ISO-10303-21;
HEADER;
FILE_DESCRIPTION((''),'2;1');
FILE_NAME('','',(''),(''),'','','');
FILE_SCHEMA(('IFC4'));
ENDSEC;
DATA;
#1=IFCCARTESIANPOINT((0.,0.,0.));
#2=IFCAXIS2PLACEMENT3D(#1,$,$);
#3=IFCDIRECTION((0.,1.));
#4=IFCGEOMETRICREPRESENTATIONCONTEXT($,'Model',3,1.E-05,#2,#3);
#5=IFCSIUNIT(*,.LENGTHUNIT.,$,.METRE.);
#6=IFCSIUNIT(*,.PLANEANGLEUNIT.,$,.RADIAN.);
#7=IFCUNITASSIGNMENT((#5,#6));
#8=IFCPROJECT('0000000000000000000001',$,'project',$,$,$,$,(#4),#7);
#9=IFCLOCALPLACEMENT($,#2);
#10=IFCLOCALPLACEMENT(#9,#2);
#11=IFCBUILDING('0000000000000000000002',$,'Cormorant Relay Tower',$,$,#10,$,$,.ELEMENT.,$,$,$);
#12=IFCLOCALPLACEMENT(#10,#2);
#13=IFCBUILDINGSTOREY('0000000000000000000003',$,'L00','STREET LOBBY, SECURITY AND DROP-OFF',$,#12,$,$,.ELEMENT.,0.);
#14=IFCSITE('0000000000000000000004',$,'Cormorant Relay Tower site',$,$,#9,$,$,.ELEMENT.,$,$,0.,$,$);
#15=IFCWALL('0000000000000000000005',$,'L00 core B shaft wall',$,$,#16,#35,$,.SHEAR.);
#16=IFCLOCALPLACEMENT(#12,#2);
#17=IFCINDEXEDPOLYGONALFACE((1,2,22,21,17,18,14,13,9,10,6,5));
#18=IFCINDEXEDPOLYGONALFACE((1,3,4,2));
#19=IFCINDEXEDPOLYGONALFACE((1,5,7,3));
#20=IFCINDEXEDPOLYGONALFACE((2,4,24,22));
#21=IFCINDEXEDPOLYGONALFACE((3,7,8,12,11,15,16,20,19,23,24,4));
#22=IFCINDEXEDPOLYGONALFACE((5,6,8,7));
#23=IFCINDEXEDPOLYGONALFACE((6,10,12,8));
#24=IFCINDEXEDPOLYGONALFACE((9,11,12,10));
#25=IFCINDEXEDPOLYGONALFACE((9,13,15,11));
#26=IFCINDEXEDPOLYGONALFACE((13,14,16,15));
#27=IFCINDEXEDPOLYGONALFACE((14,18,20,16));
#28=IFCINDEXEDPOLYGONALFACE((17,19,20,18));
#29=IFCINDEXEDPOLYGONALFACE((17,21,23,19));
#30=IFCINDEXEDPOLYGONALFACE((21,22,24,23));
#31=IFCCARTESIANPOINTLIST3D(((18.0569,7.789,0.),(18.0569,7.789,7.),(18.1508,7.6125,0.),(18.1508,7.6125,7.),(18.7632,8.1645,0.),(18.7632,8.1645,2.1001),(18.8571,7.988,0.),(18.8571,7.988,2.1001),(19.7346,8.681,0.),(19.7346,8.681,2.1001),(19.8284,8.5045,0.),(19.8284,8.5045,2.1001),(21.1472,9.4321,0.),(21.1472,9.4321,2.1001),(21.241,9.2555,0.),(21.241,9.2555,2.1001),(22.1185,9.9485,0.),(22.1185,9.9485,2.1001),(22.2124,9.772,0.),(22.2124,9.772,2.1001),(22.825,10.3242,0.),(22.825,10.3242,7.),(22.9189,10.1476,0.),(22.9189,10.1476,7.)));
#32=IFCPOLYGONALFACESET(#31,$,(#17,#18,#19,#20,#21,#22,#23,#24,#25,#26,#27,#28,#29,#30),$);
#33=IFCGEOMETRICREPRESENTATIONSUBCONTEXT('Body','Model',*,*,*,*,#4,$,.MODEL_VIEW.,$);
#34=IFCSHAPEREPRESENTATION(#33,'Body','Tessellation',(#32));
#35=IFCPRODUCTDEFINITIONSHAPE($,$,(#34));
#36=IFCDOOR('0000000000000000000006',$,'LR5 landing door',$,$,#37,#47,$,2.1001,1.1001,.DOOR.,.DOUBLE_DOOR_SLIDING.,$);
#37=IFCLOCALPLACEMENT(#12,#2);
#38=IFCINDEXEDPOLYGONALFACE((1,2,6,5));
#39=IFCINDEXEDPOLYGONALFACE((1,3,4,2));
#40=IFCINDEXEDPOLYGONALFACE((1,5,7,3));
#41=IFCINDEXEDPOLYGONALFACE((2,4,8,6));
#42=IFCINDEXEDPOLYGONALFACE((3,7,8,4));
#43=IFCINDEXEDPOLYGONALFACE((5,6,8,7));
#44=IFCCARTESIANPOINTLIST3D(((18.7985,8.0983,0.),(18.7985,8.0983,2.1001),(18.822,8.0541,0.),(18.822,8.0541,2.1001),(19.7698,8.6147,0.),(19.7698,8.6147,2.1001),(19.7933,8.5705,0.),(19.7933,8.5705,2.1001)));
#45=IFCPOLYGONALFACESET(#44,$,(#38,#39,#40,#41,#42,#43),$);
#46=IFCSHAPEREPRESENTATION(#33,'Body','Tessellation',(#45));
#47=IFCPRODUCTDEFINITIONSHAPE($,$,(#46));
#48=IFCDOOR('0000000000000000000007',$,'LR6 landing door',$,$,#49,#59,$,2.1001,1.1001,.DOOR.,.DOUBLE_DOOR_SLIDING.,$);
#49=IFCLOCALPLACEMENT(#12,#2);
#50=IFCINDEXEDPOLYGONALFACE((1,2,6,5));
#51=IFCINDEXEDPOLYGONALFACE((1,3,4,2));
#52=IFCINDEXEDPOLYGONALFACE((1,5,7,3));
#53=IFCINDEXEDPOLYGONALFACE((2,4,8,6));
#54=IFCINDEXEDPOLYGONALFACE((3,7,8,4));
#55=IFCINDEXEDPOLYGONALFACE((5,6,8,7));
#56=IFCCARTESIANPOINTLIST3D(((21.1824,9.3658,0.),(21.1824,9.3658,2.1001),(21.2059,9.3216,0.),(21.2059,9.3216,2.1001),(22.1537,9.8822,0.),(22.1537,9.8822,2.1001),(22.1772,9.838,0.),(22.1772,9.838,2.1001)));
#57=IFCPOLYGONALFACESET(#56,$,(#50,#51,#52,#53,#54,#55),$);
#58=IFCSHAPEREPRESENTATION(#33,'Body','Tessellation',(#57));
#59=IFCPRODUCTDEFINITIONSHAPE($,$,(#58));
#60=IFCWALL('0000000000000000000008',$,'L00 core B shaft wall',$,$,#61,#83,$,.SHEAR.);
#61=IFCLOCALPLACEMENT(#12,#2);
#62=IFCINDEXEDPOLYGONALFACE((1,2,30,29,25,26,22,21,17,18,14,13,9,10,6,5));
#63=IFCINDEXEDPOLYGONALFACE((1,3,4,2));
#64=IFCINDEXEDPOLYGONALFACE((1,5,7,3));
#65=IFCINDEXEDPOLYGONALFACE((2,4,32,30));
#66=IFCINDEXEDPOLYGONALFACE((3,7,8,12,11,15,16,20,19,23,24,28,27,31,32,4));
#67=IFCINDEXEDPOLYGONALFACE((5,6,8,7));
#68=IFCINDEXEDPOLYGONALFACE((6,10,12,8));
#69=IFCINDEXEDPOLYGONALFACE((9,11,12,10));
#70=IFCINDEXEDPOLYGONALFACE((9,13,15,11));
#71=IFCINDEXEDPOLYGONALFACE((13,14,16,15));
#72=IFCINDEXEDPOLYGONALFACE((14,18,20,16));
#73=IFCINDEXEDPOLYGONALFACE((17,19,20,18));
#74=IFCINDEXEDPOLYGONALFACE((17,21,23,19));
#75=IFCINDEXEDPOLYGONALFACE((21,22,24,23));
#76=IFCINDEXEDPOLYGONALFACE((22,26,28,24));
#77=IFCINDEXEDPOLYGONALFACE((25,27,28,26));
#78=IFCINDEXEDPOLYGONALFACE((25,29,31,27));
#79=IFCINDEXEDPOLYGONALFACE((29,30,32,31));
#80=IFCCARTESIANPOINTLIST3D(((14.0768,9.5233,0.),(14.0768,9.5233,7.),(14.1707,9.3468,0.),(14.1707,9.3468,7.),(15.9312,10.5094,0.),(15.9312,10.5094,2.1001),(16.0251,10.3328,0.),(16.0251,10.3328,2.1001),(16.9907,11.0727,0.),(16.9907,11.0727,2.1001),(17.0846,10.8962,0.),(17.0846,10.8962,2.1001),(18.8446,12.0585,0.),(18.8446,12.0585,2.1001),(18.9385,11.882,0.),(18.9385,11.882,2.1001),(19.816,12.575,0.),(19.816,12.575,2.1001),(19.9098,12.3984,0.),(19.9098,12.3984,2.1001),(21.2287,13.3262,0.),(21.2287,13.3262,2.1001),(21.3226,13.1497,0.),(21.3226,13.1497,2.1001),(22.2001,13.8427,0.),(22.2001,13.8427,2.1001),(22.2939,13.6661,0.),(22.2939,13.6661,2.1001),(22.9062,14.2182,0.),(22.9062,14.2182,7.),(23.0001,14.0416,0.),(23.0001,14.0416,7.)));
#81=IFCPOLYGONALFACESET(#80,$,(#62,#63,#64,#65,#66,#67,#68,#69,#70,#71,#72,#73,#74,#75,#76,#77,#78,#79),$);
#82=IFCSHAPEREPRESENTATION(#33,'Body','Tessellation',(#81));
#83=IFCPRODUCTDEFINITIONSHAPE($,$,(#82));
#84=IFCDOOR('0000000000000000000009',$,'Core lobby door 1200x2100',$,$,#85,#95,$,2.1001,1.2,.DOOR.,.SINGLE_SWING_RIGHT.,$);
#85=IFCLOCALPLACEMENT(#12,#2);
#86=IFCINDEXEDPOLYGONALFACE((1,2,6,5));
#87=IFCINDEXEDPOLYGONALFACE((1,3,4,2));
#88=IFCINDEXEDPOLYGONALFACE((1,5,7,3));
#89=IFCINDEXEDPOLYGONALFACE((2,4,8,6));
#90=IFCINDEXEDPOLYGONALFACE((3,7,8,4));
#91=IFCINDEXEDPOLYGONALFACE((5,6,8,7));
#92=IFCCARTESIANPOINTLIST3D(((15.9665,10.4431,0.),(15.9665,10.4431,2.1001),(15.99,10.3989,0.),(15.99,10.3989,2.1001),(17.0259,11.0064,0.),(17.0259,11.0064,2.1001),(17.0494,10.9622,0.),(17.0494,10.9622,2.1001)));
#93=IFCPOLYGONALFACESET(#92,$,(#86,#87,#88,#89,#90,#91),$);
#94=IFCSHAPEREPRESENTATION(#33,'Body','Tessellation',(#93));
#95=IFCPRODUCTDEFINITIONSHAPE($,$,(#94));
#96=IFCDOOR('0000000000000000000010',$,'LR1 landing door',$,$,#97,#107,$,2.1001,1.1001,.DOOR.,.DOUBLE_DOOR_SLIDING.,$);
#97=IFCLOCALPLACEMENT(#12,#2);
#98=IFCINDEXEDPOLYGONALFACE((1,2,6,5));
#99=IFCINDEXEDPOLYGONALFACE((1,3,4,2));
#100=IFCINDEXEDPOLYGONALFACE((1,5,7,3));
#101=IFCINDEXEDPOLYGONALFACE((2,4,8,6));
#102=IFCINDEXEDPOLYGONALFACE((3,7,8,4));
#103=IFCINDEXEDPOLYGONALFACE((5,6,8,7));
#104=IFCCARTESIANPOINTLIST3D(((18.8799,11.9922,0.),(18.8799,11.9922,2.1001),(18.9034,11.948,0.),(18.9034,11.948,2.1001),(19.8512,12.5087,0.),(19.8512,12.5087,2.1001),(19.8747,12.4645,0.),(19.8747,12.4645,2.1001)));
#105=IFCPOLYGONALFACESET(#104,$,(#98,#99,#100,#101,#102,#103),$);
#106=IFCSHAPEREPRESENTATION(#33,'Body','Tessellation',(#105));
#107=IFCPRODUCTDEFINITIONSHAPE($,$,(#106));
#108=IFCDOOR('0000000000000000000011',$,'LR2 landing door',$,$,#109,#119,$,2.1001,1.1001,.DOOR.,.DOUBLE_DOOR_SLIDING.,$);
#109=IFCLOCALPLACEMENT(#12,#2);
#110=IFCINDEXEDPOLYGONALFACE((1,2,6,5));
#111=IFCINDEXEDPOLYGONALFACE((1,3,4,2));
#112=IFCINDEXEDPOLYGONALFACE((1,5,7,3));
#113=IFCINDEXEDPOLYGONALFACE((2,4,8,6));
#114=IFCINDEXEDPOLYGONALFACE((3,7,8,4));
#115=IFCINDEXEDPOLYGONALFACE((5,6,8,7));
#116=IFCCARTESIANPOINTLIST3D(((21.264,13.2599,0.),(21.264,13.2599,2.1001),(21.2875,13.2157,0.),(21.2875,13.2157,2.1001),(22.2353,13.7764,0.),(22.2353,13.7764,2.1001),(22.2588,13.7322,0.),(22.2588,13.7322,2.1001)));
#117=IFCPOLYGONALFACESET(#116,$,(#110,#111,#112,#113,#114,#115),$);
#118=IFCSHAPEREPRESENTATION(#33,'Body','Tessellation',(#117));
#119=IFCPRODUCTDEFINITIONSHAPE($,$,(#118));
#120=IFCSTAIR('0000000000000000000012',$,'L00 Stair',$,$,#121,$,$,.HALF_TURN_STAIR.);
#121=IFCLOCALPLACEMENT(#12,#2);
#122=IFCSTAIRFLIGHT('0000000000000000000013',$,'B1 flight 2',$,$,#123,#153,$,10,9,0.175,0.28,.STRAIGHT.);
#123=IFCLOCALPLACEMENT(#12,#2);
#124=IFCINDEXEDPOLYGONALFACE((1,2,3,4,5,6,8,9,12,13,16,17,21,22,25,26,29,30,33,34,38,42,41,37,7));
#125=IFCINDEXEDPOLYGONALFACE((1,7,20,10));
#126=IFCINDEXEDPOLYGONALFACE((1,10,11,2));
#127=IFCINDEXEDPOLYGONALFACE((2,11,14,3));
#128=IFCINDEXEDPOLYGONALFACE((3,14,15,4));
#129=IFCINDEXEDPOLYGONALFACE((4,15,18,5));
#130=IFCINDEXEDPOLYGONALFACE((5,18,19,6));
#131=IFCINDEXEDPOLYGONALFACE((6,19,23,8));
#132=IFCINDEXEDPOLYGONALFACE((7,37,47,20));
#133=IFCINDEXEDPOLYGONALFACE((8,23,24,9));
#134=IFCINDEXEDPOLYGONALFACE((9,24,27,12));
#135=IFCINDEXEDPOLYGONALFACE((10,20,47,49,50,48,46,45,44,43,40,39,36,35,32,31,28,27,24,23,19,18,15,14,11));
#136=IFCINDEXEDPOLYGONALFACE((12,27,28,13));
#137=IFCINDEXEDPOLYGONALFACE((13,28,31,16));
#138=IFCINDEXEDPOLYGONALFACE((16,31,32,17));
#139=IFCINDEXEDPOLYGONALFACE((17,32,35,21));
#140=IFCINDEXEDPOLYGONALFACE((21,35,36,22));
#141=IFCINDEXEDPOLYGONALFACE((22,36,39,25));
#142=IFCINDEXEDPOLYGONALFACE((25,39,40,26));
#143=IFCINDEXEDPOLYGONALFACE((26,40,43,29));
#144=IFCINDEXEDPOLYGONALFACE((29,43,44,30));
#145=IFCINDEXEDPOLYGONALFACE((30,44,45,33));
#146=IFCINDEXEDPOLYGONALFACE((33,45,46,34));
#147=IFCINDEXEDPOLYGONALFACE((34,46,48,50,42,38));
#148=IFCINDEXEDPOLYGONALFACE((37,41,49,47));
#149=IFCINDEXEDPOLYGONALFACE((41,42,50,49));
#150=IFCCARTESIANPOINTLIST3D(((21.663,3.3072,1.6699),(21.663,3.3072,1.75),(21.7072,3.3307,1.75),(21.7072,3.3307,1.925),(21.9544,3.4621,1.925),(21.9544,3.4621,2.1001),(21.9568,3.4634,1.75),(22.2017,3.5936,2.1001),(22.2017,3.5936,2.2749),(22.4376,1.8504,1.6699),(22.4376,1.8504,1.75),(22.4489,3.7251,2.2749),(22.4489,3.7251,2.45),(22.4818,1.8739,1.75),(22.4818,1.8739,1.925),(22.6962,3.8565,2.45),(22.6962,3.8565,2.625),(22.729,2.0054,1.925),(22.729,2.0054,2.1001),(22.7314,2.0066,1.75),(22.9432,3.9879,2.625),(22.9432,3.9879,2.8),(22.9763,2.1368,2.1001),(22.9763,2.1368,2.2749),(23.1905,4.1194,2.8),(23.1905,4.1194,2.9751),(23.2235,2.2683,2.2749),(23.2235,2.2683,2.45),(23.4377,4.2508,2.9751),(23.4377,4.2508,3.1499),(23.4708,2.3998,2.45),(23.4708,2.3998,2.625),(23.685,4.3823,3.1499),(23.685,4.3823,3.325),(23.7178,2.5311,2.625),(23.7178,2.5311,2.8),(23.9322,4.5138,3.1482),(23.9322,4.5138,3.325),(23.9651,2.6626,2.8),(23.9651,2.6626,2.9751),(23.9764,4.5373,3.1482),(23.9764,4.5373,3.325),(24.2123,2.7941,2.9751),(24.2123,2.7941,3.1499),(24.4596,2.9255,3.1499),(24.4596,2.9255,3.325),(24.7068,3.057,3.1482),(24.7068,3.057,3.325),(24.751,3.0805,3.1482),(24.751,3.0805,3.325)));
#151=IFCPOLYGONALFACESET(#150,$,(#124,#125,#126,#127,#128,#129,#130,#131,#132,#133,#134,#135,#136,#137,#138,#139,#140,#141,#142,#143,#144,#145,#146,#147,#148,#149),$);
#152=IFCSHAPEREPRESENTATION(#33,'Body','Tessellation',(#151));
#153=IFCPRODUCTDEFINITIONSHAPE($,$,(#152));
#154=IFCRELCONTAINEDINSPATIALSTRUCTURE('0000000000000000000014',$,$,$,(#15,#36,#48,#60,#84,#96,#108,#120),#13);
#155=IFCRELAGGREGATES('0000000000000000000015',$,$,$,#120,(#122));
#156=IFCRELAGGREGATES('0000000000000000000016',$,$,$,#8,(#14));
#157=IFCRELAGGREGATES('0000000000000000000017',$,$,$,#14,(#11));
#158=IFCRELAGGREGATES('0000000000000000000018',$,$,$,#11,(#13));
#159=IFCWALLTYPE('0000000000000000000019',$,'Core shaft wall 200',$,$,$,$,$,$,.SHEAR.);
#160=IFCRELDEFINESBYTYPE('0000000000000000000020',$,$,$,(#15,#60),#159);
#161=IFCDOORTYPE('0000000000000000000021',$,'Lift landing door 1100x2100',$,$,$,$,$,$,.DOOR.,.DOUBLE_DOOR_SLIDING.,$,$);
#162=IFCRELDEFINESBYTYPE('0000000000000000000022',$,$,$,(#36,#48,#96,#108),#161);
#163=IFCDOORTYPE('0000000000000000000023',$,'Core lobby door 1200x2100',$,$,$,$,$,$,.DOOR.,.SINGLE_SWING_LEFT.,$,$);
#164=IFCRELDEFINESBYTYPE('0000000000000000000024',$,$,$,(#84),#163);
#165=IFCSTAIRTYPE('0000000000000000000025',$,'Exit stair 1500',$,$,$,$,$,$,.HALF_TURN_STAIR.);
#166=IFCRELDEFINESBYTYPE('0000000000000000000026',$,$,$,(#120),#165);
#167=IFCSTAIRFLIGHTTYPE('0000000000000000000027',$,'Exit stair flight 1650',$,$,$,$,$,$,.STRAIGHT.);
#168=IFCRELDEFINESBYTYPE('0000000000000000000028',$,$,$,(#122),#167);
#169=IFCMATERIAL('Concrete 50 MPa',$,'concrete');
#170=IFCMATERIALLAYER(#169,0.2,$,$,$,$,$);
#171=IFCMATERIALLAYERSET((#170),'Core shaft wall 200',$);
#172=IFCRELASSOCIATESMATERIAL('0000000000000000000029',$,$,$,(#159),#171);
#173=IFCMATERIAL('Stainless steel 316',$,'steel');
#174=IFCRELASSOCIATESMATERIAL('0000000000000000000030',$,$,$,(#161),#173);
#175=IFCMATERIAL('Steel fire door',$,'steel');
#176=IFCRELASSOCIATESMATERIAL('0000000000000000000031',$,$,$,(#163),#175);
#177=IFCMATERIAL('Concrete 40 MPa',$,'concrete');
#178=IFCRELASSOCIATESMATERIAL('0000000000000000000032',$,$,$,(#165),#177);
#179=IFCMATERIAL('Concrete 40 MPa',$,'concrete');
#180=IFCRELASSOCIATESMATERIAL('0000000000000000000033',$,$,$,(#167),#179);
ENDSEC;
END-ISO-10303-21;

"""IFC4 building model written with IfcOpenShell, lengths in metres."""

from ifc_helpers import new_model, si_unit, direction, frame, frame_2d, origin, place, context, subcontext, project, spatial, polyline, rectangle, outline, extrude, material, layer, layer_set, type_object, element, fill, aggregate, save


model = new_model("IFC4")

# Units and contexts
model_context = context("Model", 3, precision=1e-05, world=origin(), true_north=direction((0.0, 1.0)))
body_context = subcontext(model_context, "Body", "Model", "MODEL_VIEW")
ifc_project = project(units=[si_unit("LENGTHUNIT", "METRE"), si_unit("PLANEANGLEUNIT", "RADIAN")], contexts=[model_context])

# Site, building, storey
site_placement = place(None, origin())
site = spatial("IfcSite", under=ifc_project, at=site_placement, Name="Cormorant Relay Tower site", CompositionType="ELEMENT", RefElevation=0.0)
building_placement = place(site_placement, origin())
building = spatial("IfcBuilding", under=site, at=building_placement, Name="Cormorant Relay Tower", CompositionType="ELEMENT")
storey_placement = place(building_placement, origin())
storey = spatial("IfcBuildingStorey", under=building, at=storey_placement, Name="L00", Description="STREET LOBBY, SECURITY AND DROP-OFF", CompositionType="ELEMENT", Elevation=0.0)

# Shared definitions
ifc_material_1 = material(Name="Concrete 50 MPa", Category="concrete")
ifc_layer_1 = layer(ifc_material_1, 0.2)
ifc_layer_set_1 = layer_set([ifc_layer_1], Name="Core shaft wall 200")
wall_type_1 = type_object("IfcWallType", Name="Core shaft wall 200", PredefinedType="SHEAR", material=ifc_layer_set_1)

# Walls, openings, doors
wall_1_placement = place(storey_placement, frame((18.1038, 7.7007, 0.0), z_axis=(0.0, 0.0, 1.0), x_axis=(0.882953, 0.469462, 0.0)))
wall_1 = element("IfcWall", 1, at=wall_1_placement, inside=storey, type_object=wall_type_1, Name="L00 core B shaft wall", PredefinedType="SHEAR", context=body_context, shape_type="SweptSolid", body=[
    extrude(rectangle(XDim=5.4001, YDim=0.2, at=frame_2d((2.7002, 0.0))), origin(), (0.0, 0.0, 1.0), 7.0),
])
opening_1_placement = place(wall_1_placement, frame((0.8, 0.0, 0.0)))
opening_1 = element("IfcOpeningElement", 2, at=opening_1_placement, cuts=wall_1, PredefinedType="OPENING", context=body_context, shape_type="SweptSolid", body=[
    extrude(rectangle(XDim=1.1001, YDim=2.1001, at=frame_2d((0.55, 1.05))), frame((0.0, 0.1099, 0.0), z_axis=(0.0, -1.0, 0.0), x_axis=(1.0, 0.0, 0.0)), (0.0, 0.0, 1.0), 0.22),
])
opening_2_placement = place(wall_1_placement, frame((3.5, 0.0, 0.0)))
opening_2 = element("IfcOpeningElement", 3, at=opening_2_placement, cuts=wall_1, PredefinedType="OPENING", context=body_context, shape_type="SweptSolid", body=[
    extrude(rectangle(XDim=1.1001, YDim=2.1001, at=frame_2d((0.55, 1.05))), frame((0.0, 0.1099, 0.0), z_axis=(0.0, -1.0, 0.0), x_axis=(1.0, 0.0, 0.0)), (0.0, 0.0, 1.0), 0.22),
])
ifc_material_2 = material(Name="Stainless steel 316", Category="steel")
door_type_1 = type_object("IfcDoorType", Name="Lift landing door 1100x2100", OperationType="DOUBLE_DOOR_SLIDING", PredefinedType="DOOR", material=ifc_material_2)
door_1_placement = place(opening_1_placement, origin())
door_1 = element("IfcDoor", 4, at=door_1_placement, inside=storey, type_object=door_type_1, Name="LR5 landing door", OperationType="DOUBLE_DOOR_SLIDING", OverallHeight=2.1001, OverallWidth=1.1001, PredefinedType="DOOR", context=body_context, shape_type="SweptSolid", body=[
    extrude(rectangle(XDim=1.1001, YDim=2.1001, at=frame_2d((0.55, 1.05))), frame((0.0, 0.0249, 0.0), z_axis=(0.0, -1.0, 0.0), x_axis=(1.0, 0.0, 0.0)), (0.0, 0.0, 1.0), 0.05),
])
fill(opening_1, door_1)
door_2_placement = place(opening_2_placement, origin())
door_2 = element("IfcDoor", 5, at=door_2_placement, inside=storey, type_object=door_type_1, Name="LR6 landing door", OperationType="DOUBLE_DOOR_SLIDING", OverallHeight=2.1001, OverallWidth=1.1001, PredefinedType="DOOR", context=body_context, shape_type="SweptSolid", body=[
    extrude(rectangle(XDim=1.1001, YDim=2.1001, at=frame_2d((0.55, 1.05))), frame((0.0, 0.0249, 0.0), z_axis=(0.0, -1.0, 0.0), x_axis=(1.0, 0.0, 0.0)), (0.0, 0.0, 1.0), 0.05),
])
fill(opening_2, door_2)
wall_2_placement = place(storey_placement, frame((14.1238, 9.4351, 0.0), z_axis=(0.0, 0.0, 1.0), x_axis=(0.88294, 0.469485, 0.0)))
wall_2 = element("IfcWall", 6, at=wall_2_placement, inside=storey, type_object=wall_type_1, Name="L00 core B shaft wall", PredefinedType="SHEAR", context=body_context, shape_type="SweptSolid", body=[
    extrude(rectangle(XDim=10.0, YDim=0.2, at=frame_2d((5.0, 0.0))), origin(), (0.0, 0.0, 1.0), 7.0),
])
opening_3_placement = place(wall_2_placement, frame((2.1001, 0.0, 0.0)))
opening_3 = element("IfcOpeningElement", 7, at=opening_3_placement, cuts=wall_2, PredefinedType="OPENING", context=body_context, shape_type="SweptSolid", body=[
    extrude(rectangle(XDim=1.2, YDim=2.1001, at=frame_2d((0.6001, 1.05))), frame((0.0, 0.1099, 0.0), z_axis=(0.0, -1.0, 0.0), x_axis=(1.0, 0.0, 0.0)), (0.0, 0.0, 1.0), 0.22),
])
opening_4_placement = place(wall_2_placement, frame((5.3999, 0.0, 0.0)))
opening_4 = element("IfcOpeningElement", 8, at=opening_4_placement, cuts=wall_2, PredefinedType="OPENING", context=body_context, shape_type="SweptSolid", body=[
    extrude(rectangle(XDim=1.1001, YDim=2.1001, at=frame_2d((0.55, 1.05))), frame((0.0, 0.1099, 0.0), z_axis=(0.0, -1.0, 0.0), x_axis=(1.0, 0.0, 0.0)), (0.0, 0.0, 1.0), 0.22),
])
opening_5_placement = place(wall_2_placement, frame((8.1001, 0.0, 0.0)))
opening_5 = element("IfcOpeningElement", 9, at=opening_5_placement, cuts=wall_2, PredefinedType="OPENING", context=body_context, shape_type="SweptSolid", body=[
    extrude(rectangle(XDim=1.1001, YDim=2.1001, at=frame_2d((0.55, 1.05))), frame((0.0, 0.1099, 0.0), z_axis=(0.0, -1.0, 0.0), x_axis=(1.0, 0.0, 0.0)), (0.0, 0.0, 1.0), 0.22),
])
ifc_material_3 = material(Name="Steel fire door", Category="steel")
door_type_2 = type_object("IfcDoorType", Name="Core lobby door 1200x2100", OperationType="SINGLE_SWING_LEFT", PredefinedType="DOOR", material=ifc_material_3)
door_3_placement = place(opening_3_placement, origin())
door_3 = element("IfcDoor", 10, at=door_3_placement, inside=storey, type_object=door_type_2, Name="Core lobby door 1200x2100", OperationType="SINGLE_SWING_RIGHT", OverallHeight=2.1001, OverallWidth=1.2, PredefinedType="DOOR", context=body_context, shape_type="SweptSolid", body=[
    extrude(rectangle(XDim=1.2, YDim=2.1001, at=frame_2d((0.6001, 1.05))), frame((0.0, 0.0249, 0.0), z_axis=(0.0, -1.0, 0.0), x_axis=(1.0, 0.0, 0.0)), (0.0, 0.0, 1.0), 0.05),
])
fill(opening_3, door_3)
door_4_placement = place(opening_4_placement, origin())
door_4 = element("IfcDoor", 11, at=door_4_placement, inside=storey, type_object=door_type_1, Name="LR1 landing door", OperationType="DOUBLE_DOOR_SLIDING", OverallHeight=2.1001, OverallWidth=1.1001, PredefinedType="DOOR", context=body_context, shape_type="SweptSolid", body=[
    extrude(rectangle(XDim=1.1001, YDim=2.1001, at=frame_2d((0.55, 1.05))), frame((0.0, 0.0249, 0.0), z_axis=(0.0, -1.0, 0.0), x_axis=(1.0, 0.0, 0.0)), (0.0, 0.0, 1.0), 0.05),
])
fill(opening_4, door_4)
door_5_placement = place(opening_5_placement, origin())
door_5 = element("IfcDoor", 12, at=door_5_placement, inside=storey, type_object=door_type_1, Name="LR2 landing door", OperationType="DOUBLE_DOOR_SLIDING", OverallHeight=2.1001, OverallWidth=1.1001, PredefinedType="DOOR", context=body_context, shape_type="SweptSolid", body=[
    extrude(rectangle(XDim=1.1001, YDim=2.1001, at=frame_2d((0.55, 1.05))), frame((0.0, 0.0249, 0.0), z_axis=(0.0, -1.0, 0.0), x_axis=(1.0, 0.0, 0.0)), (0.0, 0.0, 1.0), 0.05),
])
fill(opening_5, door_5)

# Stair, stair flight
ifc_material_4 = material(Name="Concrete 40 MPa", Category="concrete")
stair_type = type_object("IfcStairType", Name="Exit stair 1500", PredefinedType="HALF_TURN_STAIR", material=ifc_material_4)
stair_placement = place(storey_placement, origin())
stair = element("IfcStair", 13, at=stair_placement, inside=storey, type_object=stair_type, Name="L00 Stair", PredefinedType="HALF_TURN_STAIR")
ifc_material_5 = material(Name="Concrete 40 MPa", Category="concrete")
stair_flight_type = type_object("IfcStairFlightType", Name="Exit stair flight 1650", PredefinedType="STRAIGHT", material=ifc_material_5)
stair_flight_1_placement = place(storey_placement, frame((22.0945, 2.6023, 1.75), z_axis=(0.0, 0.0, 1.0), x_axis=(0.882948, 0.469472, 0.0)))
stair_flight_1 = element("IfcStairFlight", 14, at=stair_flight_1_placement, type_object=stair_flight_type, Name="B1 flight 2", NumberOfRisers=10, NumberOfTreads=9, PredefinedType="STRAIGHT", RiserHeight=0.175, TreadLength=0.28, context=body_context, shape_type="SweptSolid", body=[
    extrude(outline(polyline([(-0.05, -0.0801), (-0.05, 0.0), (0.0, 0.0), (0.0, 0.175), (0.28, 0.175), (0.28, 0.3501), (0.5601, 0.3501), (0.5601, 0.5249), (0.8401, 0.5249), (0.8401, 0.7), (1.1201, 0.7), (1.1201, 0.875), (1.3999, 0.875), (1.3999, 1.05), (1.6799, 1.05), (1.6799, 1.2251), (1.96, 1.2251), (1.96, 1.3999), (2.24, 1.3999), (2.24, 1.575), (2.52, 1.575), (2.5701, 1.575), (2.5701, 1.3982), (2.52, 1.3982), (0.2827, 0.0), (-0.05, -0.0801)])), frame((0.0, 0.825, 0.0), z_axis=(0.0, -1.0, 0.0), x_axis=(1.0, 0.0, 0.0)), (0.0, 0.0, 1.0), 1.6499),
])
aggregate(stair, [stair_flight_1])

save(model, "model.ifc")
